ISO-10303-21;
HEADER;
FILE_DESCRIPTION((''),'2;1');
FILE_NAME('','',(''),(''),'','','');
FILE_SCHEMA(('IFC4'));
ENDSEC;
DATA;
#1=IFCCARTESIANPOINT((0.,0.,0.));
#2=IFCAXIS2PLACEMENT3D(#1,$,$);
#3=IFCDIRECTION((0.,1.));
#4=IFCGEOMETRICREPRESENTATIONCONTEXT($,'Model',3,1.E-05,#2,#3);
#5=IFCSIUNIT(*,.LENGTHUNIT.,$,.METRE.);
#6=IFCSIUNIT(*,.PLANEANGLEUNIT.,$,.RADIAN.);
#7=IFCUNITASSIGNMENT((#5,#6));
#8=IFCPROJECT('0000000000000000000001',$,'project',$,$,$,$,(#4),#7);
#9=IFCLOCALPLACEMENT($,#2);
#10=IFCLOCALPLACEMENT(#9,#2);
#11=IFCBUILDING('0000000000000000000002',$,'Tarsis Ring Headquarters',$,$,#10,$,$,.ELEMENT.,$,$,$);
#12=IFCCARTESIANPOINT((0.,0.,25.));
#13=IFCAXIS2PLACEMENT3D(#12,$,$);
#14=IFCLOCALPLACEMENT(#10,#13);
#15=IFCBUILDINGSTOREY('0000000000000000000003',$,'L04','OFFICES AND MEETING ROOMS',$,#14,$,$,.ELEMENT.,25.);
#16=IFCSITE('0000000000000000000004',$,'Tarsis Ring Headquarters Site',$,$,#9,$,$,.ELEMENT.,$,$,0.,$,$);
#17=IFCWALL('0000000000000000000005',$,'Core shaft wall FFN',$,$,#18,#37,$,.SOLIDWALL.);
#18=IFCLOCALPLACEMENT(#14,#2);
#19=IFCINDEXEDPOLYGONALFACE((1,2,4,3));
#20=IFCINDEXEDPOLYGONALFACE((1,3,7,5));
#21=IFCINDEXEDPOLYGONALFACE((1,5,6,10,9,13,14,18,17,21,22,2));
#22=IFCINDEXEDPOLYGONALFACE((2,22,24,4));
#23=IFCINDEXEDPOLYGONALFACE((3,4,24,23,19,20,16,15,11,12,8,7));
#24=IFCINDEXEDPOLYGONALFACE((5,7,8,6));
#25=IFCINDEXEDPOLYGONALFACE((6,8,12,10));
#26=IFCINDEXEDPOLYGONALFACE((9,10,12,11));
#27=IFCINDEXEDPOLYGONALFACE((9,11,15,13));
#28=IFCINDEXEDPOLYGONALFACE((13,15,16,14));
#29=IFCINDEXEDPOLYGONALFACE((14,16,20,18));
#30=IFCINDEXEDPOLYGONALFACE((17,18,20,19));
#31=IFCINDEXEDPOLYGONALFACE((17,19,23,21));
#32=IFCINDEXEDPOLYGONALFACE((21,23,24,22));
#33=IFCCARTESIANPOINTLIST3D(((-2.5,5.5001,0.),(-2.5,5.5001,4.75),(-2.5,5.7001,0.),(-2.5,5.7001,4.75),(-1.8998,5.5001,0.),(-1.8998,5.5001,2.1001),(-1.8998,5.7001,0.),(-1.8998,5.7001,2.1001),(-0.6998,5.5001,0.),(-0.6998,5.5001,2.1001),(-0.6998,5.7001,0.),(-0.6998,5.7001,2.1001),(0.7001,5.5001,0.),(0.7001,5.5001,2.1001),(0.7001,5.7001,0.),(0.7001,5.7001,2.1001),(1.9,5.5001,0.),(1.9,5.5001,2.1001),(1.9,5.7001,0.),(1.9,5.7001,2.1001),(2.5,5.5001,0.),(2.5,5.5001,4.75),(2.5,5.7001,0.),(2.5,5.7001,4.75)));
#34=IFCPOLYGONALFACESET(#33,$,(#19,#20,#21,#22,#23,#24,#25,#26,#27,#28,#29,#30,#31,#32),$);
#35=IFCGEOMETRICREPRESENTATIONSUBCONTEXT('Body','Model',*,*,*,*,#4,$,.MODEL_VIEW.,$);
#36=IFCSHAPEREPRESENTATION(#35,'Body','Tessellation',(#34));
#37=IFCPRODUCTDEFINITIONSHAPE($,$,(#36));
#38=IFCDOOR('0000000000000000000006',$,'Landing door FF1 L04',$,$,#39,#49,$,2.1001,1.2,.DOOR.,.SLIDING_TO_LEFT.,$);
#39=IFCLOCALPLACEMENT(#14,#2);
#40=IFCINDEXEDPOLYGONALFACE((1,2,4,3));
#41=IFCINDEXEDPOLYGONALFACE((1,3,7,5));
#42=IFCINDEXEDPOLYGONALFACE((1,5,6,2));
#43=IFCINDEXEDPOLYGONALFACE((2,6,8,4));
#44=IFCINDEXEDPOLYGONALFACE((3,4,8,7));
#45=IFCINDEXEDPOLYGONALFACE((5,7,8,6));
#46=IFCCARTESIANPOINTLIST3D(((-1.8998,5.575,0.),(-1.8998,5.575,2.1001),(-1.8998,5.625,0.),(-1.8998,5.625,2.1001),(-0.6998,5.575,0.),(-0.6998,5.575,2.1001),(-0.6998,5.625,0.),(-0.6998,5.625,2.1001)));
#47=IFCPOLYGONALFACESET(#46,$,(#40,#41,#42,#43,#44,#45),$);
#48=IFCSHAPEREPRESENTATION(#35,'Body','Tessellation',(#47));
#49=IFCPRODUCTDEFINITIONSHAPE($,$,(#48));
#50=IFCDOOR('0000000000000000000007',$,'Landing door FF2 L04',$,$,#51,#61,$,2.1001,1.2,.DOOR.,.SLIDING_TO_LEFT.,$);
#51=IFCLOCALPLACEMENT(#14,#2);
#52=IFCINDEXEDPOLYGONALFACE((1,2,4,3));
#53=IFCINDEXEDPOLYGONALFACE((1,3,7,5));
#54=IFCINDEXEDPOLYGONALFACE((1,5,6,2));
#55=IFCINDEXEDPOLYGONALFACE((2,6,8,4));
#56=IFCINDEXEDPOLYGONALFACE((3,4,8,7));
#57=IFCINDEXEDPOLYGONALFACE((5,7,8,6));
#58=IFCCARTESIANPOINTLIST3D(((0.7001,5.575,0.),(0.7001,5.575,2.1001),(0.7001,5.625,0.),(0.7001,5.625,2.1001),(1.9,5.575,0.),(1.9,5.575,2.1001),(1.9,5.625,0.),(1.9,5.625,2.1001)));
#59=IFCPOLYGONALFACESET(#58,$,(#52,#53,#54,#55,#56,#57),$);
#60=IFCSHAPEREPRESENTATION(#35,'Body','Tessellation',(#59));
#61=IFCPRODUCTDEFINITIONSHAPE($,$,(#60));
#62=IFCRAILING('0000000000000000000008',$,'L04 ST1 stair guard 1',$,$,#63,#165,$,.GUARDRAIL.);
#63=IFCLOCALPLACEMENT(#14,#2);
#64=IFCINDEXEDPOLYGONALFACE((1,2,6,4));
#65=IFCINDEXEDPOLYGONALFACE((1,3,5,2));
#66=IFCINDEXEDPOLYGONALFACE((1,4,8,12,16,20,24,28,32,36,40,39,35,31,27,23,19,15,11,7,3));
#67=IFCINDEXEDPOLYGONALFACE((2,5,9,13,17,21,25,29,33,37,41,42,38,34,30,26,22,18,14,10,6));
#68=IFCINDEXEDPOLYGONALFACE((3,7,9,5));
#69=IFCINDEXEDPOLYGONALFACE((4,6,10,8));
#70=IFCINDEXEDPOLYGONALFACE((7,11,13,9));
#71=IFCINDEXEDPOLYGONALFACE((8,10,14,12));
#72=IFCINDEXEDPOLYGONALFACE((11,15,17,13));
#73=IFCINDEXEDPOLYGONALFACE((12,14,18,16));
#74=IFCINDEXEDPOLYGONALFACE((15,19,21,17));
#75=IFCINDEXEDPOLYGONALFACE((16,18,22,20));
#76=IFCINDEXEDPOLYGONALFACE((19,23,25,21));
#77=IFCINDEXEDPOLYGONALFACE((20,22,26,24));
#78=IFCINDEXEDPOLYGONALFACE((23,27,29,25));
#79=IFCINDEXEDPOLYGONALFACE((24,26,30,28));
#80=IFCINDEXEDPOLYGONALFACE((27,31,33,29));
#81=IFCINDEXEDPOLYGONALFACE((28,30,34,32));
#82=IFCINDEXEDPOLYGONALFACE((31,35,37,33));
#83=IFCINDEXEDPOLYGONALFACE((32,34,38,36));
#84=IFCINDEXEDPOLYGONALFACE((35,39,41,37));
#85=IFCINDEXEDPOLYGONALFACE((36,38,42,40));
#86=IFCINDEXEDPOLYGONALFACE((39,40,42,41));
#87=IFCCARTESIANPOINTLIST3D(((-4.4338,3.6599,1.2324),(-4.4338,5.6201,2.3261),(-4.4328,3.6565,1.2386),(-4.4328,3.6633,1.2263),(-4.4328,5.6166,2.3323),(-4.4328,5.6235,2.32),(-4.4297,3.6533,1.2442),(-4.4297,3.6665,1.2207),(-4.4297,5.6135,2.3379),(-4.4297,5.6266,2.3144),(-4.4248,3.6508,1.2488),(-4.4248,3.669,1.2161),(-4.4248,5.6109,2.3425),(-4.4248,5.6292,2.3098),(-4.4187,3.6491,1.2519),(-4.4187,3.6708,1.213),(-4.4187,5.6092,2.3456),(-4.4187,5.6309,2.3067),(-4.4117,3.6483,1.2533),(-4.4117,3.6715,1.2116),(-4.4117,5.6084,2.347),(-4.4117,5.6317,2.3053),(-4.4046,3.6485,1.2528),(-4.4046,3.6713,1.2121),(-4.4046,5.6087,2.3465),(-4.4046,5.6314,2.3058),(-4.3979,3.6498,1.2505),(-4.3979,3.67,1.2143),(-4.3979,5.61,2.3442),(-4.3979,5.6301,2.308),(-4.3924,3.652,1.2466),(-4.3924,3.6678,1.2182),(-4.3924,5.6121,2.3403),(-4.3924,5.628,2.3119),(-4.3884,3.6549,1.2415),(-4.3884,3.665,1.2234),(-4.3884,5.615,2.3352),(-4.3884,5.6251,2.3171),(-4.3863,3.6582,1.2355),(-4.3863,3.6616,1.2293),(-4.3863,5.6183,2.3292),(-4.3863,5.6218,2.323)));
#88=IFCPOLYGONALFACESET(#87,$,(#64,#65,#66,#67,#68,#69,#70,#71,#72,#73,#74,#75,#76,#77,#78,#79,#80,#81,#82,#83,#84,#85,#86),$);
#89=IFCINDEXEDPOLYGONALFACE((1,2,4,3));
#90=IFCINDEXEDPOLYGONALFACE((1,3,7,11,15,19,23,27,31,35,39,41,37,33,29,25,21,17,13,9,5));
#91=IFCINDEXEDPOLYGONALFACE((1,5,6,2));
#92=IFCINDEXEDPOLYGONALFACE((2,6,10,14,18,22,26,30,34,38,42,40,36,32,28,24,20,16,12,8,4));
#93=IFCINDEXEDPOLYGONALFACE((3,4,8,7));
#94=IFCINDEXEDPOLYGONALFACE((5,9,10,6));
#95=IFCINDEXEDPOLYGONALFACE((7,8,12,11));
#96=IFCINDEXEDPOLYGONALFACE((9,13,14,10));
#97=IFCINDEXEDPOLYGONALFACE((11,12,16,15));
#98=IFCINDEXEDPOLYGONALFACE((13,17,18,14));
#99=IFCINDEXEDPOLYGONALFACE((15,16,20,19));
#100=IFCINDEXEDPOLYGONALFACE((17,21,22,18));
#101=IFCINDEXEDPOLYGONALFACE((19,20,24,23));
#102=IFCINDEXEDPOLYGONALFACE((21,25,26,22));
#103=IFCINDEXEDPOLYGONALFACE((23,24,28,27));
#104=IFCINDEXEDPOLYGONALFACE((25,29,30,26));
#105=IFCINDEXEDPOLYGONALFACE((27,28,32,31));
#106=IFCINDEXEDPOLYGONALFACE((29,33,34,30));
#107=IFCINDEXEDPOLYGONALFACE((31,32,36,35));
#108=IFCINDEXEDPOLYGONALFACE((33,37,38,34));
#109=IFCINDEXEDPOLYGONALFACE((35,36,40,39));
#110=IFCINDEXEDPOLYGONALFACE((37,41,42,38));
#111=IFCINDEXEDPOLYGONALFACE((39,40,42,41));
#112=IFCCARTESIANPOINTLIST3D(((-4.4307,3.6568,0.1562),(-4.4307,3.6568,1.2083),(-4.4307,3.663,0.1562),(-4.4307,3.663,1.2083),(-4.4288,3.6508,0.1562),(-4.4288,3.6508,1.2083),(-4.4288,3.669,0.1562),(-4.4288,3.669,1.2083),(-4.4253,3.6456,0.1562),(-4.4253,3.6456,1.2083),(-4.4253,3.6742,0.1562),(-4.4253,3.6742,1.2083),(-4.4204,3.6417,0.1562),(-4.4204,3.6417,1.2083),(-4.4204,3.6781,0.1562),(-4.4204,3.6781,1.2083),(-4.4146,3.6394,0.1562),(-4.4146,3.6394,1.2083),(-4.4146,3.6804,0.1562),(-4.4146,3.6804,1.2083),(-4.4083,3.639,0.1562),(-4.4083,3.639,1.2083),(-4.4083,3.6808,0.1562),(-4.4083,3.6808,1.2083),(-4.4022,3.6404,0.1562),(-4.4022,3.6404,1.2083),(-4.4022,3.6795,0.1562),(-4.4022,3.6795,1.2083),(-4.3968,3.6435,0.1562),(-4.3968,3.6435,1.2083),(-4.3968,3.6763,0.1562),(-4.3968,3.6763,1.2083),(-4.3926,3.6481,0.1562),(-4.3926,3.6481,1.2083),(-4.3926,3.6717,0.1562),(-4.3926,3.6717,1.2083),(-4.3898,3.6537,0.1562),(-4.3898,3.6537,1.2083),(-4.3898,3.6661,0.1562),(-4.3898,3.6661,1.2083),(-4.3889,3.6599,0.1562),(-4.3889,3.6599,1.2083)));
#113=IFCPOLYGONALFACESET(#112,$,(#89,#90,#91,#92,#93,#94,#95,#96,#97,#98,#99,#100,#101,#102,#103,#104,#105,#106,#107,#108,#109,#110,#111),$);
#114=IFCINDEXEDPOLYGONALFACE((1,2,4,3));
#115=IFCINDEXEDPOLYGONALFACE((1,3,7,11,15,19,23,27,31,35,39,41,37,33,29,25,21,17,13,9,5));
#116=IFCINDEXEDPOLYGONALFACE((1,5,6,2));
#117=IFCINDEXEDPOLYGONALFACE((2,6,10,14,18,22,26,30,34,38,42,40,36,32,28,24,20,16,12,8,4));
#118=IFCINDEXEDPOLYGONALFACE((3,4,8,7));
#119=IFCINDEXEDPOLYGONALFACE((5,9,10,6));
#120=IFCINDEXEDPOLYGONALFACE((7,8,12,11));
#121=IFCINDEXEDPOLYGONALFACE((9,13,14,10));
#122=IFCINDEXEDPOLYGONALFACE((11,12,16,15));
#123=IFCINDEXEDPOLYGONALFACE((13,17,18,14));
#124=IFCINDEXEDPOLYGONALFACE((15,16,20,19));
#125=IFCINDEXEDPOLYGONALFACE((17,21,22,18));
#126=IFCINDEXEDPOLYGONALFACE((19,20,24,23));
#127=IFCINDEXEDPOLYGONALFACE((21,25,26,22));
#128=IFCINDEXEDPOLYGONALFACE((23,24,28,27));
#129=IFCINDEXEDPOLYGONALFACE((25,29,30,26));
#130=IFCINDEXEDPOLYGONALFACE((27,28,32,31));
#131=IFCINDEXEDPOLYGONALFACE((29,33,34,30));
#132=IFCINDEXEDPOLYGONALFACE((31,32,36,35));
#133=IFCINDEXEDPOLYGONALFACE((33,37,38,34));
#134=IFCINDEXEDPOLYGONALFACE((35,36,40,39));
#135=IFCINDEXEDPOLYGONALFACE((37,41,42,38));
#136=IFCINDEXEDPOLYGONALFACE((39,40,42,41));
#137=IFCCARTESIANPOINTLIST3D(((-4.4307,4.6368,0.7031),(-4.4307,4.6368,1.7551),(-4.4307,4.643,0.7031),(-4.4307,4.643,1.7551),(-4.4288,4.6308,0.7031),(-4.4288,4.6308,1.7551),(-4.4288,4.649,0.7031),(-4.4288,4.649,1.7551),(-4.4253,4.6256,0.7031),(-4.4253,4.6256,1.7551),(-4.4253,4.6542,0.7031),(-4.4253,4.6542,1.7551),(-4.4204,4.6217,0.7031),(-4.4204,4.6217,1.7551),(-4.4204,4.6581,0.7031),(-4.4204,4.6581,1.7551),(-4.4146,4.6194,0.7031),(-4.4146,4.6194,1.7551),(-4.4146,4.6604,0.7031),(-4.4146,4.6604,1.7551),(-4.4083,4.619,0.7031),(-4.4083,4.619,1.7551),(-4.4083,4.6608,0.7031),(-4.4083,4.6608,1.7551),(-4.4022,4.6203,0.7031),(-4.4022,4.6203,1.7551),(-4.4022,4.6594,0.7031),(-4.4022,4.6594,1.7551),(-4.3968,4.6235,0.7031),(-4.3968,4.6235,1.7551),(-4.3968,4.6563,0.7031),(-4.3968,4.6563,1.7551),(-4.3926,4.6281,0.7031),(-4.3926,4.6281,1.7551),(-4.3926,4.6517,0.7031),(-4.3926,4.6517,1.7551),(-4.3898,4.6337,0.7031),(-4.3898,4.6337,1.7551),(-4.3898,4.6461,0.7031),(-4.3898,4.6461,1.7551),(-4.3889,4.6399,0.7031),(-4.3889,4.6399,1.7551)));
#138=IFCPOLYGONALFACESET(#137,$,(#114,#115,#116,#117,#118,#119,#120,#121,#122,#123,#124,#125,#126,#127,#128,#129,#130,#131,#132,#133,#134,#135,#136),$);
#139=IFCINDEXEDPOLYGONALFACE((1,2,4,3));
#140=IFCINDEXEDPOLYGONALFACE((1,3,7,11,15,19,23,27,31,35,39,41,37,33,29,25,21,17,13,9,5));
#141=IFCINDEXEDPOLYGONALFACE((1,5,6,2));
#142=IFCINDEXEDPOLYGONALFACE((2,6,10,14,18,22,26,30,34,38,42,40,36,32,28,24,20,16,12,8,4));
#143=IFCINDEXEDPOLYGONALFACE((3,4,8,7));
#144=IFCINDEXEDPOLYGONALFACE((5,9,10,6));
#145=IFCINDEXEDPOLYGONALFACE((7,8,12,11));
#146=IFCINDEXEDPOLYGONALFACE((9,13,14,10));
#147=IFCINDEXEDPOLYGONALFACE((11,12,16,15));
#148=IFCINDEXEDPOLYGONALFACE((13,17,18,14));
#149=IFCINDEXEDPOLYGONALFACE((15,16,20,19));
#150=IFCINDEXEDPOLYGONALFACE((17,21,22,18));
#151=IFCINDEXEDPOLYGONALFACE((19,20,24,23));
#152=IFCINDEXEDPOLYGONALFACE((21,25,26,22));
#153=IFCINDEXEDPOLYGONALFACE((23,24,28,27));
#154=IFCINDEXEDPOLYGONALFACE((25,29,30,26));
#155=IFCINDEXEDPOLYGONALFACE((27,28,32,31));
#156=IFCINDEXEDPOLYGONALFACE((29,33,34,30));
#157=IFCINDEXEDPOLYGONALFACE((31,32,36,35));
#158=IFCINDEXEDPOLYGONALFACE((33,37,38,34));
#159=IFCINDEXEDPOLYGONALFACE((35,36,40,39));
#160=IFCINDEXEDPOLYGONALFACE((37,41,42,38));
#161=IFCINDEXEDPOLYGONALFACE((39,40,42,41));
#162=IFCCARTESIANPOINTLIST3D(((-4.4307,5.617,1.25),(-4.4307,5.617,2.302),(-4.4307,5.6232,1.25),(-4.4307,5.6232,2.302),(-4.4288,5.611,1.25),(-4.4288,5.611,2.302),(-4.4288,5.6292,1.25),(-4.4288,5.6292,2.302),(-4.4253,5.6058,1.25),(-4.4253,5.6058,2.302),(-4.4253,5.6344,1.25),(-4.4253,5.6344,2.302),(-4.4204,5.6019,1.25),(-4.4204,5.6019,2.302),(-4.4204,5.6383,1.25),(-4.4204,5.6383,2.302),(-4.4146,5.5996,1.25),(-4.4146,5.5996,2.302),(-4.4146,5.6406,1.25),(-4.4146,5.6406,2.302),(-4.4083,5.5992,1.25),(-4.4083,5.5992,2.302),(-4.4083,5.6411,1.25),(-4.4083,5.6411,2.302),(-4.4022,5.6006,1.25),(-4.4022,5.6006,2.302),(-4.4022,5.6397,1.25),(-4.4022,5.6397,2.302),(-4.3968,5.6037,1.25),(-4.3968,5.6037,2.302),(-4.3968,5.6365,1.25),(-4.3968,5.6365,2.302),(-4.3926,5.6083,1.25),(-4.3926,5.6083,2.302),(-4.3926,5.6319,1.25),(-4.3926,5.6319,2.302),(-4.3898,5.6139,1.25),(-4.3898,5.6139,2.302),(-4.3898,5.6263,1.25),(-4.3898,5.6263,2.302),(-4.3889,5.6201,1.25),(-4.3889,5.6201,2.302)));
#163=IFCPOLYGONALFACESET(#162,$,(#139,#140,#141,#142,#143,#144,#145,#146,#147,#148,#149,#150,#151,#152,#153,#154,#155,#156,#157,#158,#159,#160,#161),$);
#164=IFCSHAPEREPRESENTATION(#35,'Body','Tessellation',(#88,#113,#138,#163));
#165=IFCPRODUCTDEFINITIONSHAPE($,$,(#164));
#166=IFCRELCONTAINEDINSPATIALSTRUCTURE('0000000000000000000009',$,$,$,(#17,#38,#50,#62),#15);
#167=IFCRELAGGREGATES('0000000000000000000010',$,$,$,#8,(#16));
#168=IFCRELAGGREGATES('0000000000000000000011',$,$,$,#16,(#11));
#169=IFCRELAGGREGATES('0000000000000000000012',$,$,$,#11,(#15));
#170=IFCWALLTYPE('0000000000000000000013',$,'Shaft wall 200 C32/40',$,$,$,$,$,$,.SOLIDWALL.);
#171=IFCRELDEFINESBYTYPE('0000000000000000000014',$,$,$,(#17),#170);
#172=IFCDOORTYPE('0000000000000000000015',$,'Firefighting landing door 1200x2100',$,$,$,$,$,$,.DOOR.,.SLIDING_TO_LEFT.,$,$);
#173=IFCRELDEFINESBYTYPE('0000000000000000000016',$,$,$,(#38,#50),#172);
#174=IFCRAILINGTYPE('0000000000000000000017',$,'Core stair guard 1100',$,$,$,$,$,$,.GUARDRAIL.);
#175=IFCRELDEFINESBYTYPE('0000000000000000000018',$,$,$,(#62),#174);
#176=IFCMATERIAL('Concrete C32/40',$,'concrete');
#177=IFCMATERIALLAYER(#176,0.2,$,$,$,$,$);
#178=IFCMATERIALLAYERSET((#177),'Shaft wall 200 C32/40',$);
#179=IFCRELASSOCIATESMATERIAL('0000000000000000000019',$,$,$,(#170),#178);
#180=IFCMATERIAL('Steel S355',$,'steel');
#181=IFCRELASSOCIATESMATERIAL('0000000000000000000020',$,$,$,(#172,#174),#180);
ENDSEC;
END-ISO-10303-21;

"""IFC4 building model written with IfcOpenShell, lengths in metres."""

from ifc_helpers import new_model, si_unit, direction, frame, frame_2d, origin, origin_2d, place, context, subcontext, project, spatial, rectangle, circle, extrude, material, layer, layer_set, type_object, element, fill, save


model = new_model("IFC4")

# Units and contexts
model_context = context("Model", 3, precision=1e-05, world=origin(), true_north=direction((0.0, 1.0)))
body_context = subcontext(model_context, "Body", "Model", "MODEL_VIEW")
ifc_project = project(units=[si_unit("LENGTHUNIT", "METRE"), si_unit("PLANEANGLEUNIT", "RADIAN")], contexts=[model_context])

# Site, building, storey
site_placement = place(None, origin())
site = spatial("IfcSite", under=ifc_project, at=site_placement, Name="Tarsis Ring Headquarters Site", CompositionType="ELEMENT", RefElevation=0.0)
building_placement = place(site_placement, origin())
building = spatial("IfcBuilding", under=site, at=building_placement, Name="Tarsis Ring Headquarters", CompositionType="ELEMENT")
storey_placement = place(building_placement, frame((0.0, 0.0, 25.0)))
storey = spatial("IfcBuildingStorey", under=building, at=storey_placement, Name="L04", Description="OFFICES AND MEETING ROOMS", CompositionType="ELEMENT", Elevation=25.0)

# Shared definitions
ifc_material_1 = material(Name="Concrete C32/40", Category="concrete")
ifc_layer_1 = layer(ifc_material_1, 0.2)
ifc_layer_set_1 = layer_set([ifc_layer_1], Name="Shaft wall 200 C32/40")
wall_type_1 = type_object("IfcWallType", Name="Shaft wall 200 C32/40", PredefinedType="SOLIDWALL", material=ifc_layer_set_1)
ifc_material_2 = material(Name="Steel S355", Category="steel")

# Wall, openings, doors
wall_1_placement = place(storey_placement, frame((-2.5, 5.6001, 0.0), z_axis=(0.0, 0.0, 1.0), x_axis=(1.0, 0.0, 0.0)))
wall_1 = element("IfcWall", 1, at=wall_1_placement, inside=storey, type_object=wall_type_1, Name="Core shaft wall FFN", PredefinedType="SOLIDWALL", context=body_context, shape_type="SweptSolid", body=[
    extrude(rectangle(XDim=5.0, YDim=0.2, at=frame_2d((2.5, 0.0))), origin(), (0.0, 0.0, 1.0), 4.75),
])
opening_1_placement = place(wall_1_placement, frame((0.6001, 0.0, 0.0)))
opening_1 = element("IfcOpeningElement", 2, at=opening_1_placement, cuts=wall_1, PredefinedType="OPENING", context=body_context, shape_type="SweptSolid", body=[
    extrude(rectangle(XDim=1.2, YDim=2.1001, at=frame_2d((0.6001, 1.05))), frame((0.0, 0.1099, 0.0), z_axis=(0.0, -1.0, 0.0), x_axis=(1.0, 0.0, 0.0)), (0.0, 0.0, 1.0), 0.22),
])
opening_2_placement = place(wall_1_placement, frame((3.2, 0.0, 0.0)))
opening_2 = element("IfcOpeningElement", 3, at=opening_2_placement, cuts=wall_1, PredefinedType="OPENING", context=body_context, shape_type="SweptSolid", body=[
    extrude(rectangle(XDim=1.2, YDim=2.1001, at=frame_2d((0.6001, 1.05))), frame((0.0, 0.1099, 0.0), z_axis=(0.0, -1.0, 0.0), x_axis=(1.0, 0.0, 0.0)), (0.0, 0.0, 1.0), 0.22),
])
door_type_1 = type_object("IfcDoorType", Name="Firefighting landing door 1200x2100", OperationType="SLIDING_TO_LEFT", PredefinedType="DOOR", material=ifc_material_2)
door_1_placement = place(opening_1_placement, origin())
door_1 = element("IfcDoor", 4, at=door_1_placement, inside=storey, type_object=door_type_1, Name="Landing door FF1 L04", OperationType="SLIDING_TO_LEFT", OverallHeight=2.1001, OverallWidth=1.2, PredefinedType="DOOR", context=body_context, shape_type="SweptSolid", body=[
    extrude(rectangle(XDim=1.2, YDim=2.1001, at=frame_2d((0.6001, 1.05))), frame((0.0, 0.0249, 0.0), z_axis=(0.0, -1.0, 0.0), x_axis=(1.0, 0.0, 0.0)), (0.0, 0.0, 1.0), 0.05),
])
fill(opening_1, door_1)
door_2_placement = place(opening_2_placement, origin())
door_2 = element("IfcDoor", 5, at=door_2_placement, inside=storey, type_object=door_type_1, Name="Landing door FF2 L04", OperationType="SLIDING_TO_LEFT", OverallHeight=2.1001, OverallWidth=1.2, PredefinedType="DOOR", context=body_context, shape_type="SweptSolid", body=[
    extrude(rectangle(XDim=1.2, YDim=2.1001, at=frame_2d((0.6001, 1.05))), frame((0.0, 0.0249, 0.0), z_axis=(0.0, -1.0, 0.0), x_axis=(1.0, 0.0, 0.0)), (0.0, 0.0, 1.0), 0.05),
])
fill(opening_2, door_2)

# Railing
railing_type_1 = type_object("IfcRailingType", Name="Core stair guard 1100", PredefinedType="GUARDRAIL", material=ifc_material_2)
railing_1_placement = place(storey_placement, frame((-4.4099, 3.6599, 0.1562)))
element("IfcRailing", 6, at=railing_1_placement, inside=storey, type_object=railing_type_1, Name="L04 ST1 stair guard 1", PredefinedType="GUARDRAIL", context=body_context, shape_type="SweptSolid", body=[
    extrude(circle(Radius=0.0239, at=origin_2d()), frame((0.0, 0.0, 1.0762), z_axis=(0.0, 0.873258, 0.487258), x_axis=(-1.0, 0.0, 0.0)), (0.0, 0.0, 1.0), 2.2446),
    extrude(circle(Radius=0.021, at=origin_2d()), origin(), (0.0, 0.0, 1.0), 1.052),
    extrude(circle(Radius=0.021, at=origin_2d()), frame((0.0, 0.98, 0.5469)), (0.0, 0.0, 1.0), 1.052),
    extrude(circle(Radius=0.021, at=origin_2d()), frame((0.0, 1.9602, 1.0938)), (0.0, 0.0, 1.0), 1.052),
])

save(model, "model.ifc")
